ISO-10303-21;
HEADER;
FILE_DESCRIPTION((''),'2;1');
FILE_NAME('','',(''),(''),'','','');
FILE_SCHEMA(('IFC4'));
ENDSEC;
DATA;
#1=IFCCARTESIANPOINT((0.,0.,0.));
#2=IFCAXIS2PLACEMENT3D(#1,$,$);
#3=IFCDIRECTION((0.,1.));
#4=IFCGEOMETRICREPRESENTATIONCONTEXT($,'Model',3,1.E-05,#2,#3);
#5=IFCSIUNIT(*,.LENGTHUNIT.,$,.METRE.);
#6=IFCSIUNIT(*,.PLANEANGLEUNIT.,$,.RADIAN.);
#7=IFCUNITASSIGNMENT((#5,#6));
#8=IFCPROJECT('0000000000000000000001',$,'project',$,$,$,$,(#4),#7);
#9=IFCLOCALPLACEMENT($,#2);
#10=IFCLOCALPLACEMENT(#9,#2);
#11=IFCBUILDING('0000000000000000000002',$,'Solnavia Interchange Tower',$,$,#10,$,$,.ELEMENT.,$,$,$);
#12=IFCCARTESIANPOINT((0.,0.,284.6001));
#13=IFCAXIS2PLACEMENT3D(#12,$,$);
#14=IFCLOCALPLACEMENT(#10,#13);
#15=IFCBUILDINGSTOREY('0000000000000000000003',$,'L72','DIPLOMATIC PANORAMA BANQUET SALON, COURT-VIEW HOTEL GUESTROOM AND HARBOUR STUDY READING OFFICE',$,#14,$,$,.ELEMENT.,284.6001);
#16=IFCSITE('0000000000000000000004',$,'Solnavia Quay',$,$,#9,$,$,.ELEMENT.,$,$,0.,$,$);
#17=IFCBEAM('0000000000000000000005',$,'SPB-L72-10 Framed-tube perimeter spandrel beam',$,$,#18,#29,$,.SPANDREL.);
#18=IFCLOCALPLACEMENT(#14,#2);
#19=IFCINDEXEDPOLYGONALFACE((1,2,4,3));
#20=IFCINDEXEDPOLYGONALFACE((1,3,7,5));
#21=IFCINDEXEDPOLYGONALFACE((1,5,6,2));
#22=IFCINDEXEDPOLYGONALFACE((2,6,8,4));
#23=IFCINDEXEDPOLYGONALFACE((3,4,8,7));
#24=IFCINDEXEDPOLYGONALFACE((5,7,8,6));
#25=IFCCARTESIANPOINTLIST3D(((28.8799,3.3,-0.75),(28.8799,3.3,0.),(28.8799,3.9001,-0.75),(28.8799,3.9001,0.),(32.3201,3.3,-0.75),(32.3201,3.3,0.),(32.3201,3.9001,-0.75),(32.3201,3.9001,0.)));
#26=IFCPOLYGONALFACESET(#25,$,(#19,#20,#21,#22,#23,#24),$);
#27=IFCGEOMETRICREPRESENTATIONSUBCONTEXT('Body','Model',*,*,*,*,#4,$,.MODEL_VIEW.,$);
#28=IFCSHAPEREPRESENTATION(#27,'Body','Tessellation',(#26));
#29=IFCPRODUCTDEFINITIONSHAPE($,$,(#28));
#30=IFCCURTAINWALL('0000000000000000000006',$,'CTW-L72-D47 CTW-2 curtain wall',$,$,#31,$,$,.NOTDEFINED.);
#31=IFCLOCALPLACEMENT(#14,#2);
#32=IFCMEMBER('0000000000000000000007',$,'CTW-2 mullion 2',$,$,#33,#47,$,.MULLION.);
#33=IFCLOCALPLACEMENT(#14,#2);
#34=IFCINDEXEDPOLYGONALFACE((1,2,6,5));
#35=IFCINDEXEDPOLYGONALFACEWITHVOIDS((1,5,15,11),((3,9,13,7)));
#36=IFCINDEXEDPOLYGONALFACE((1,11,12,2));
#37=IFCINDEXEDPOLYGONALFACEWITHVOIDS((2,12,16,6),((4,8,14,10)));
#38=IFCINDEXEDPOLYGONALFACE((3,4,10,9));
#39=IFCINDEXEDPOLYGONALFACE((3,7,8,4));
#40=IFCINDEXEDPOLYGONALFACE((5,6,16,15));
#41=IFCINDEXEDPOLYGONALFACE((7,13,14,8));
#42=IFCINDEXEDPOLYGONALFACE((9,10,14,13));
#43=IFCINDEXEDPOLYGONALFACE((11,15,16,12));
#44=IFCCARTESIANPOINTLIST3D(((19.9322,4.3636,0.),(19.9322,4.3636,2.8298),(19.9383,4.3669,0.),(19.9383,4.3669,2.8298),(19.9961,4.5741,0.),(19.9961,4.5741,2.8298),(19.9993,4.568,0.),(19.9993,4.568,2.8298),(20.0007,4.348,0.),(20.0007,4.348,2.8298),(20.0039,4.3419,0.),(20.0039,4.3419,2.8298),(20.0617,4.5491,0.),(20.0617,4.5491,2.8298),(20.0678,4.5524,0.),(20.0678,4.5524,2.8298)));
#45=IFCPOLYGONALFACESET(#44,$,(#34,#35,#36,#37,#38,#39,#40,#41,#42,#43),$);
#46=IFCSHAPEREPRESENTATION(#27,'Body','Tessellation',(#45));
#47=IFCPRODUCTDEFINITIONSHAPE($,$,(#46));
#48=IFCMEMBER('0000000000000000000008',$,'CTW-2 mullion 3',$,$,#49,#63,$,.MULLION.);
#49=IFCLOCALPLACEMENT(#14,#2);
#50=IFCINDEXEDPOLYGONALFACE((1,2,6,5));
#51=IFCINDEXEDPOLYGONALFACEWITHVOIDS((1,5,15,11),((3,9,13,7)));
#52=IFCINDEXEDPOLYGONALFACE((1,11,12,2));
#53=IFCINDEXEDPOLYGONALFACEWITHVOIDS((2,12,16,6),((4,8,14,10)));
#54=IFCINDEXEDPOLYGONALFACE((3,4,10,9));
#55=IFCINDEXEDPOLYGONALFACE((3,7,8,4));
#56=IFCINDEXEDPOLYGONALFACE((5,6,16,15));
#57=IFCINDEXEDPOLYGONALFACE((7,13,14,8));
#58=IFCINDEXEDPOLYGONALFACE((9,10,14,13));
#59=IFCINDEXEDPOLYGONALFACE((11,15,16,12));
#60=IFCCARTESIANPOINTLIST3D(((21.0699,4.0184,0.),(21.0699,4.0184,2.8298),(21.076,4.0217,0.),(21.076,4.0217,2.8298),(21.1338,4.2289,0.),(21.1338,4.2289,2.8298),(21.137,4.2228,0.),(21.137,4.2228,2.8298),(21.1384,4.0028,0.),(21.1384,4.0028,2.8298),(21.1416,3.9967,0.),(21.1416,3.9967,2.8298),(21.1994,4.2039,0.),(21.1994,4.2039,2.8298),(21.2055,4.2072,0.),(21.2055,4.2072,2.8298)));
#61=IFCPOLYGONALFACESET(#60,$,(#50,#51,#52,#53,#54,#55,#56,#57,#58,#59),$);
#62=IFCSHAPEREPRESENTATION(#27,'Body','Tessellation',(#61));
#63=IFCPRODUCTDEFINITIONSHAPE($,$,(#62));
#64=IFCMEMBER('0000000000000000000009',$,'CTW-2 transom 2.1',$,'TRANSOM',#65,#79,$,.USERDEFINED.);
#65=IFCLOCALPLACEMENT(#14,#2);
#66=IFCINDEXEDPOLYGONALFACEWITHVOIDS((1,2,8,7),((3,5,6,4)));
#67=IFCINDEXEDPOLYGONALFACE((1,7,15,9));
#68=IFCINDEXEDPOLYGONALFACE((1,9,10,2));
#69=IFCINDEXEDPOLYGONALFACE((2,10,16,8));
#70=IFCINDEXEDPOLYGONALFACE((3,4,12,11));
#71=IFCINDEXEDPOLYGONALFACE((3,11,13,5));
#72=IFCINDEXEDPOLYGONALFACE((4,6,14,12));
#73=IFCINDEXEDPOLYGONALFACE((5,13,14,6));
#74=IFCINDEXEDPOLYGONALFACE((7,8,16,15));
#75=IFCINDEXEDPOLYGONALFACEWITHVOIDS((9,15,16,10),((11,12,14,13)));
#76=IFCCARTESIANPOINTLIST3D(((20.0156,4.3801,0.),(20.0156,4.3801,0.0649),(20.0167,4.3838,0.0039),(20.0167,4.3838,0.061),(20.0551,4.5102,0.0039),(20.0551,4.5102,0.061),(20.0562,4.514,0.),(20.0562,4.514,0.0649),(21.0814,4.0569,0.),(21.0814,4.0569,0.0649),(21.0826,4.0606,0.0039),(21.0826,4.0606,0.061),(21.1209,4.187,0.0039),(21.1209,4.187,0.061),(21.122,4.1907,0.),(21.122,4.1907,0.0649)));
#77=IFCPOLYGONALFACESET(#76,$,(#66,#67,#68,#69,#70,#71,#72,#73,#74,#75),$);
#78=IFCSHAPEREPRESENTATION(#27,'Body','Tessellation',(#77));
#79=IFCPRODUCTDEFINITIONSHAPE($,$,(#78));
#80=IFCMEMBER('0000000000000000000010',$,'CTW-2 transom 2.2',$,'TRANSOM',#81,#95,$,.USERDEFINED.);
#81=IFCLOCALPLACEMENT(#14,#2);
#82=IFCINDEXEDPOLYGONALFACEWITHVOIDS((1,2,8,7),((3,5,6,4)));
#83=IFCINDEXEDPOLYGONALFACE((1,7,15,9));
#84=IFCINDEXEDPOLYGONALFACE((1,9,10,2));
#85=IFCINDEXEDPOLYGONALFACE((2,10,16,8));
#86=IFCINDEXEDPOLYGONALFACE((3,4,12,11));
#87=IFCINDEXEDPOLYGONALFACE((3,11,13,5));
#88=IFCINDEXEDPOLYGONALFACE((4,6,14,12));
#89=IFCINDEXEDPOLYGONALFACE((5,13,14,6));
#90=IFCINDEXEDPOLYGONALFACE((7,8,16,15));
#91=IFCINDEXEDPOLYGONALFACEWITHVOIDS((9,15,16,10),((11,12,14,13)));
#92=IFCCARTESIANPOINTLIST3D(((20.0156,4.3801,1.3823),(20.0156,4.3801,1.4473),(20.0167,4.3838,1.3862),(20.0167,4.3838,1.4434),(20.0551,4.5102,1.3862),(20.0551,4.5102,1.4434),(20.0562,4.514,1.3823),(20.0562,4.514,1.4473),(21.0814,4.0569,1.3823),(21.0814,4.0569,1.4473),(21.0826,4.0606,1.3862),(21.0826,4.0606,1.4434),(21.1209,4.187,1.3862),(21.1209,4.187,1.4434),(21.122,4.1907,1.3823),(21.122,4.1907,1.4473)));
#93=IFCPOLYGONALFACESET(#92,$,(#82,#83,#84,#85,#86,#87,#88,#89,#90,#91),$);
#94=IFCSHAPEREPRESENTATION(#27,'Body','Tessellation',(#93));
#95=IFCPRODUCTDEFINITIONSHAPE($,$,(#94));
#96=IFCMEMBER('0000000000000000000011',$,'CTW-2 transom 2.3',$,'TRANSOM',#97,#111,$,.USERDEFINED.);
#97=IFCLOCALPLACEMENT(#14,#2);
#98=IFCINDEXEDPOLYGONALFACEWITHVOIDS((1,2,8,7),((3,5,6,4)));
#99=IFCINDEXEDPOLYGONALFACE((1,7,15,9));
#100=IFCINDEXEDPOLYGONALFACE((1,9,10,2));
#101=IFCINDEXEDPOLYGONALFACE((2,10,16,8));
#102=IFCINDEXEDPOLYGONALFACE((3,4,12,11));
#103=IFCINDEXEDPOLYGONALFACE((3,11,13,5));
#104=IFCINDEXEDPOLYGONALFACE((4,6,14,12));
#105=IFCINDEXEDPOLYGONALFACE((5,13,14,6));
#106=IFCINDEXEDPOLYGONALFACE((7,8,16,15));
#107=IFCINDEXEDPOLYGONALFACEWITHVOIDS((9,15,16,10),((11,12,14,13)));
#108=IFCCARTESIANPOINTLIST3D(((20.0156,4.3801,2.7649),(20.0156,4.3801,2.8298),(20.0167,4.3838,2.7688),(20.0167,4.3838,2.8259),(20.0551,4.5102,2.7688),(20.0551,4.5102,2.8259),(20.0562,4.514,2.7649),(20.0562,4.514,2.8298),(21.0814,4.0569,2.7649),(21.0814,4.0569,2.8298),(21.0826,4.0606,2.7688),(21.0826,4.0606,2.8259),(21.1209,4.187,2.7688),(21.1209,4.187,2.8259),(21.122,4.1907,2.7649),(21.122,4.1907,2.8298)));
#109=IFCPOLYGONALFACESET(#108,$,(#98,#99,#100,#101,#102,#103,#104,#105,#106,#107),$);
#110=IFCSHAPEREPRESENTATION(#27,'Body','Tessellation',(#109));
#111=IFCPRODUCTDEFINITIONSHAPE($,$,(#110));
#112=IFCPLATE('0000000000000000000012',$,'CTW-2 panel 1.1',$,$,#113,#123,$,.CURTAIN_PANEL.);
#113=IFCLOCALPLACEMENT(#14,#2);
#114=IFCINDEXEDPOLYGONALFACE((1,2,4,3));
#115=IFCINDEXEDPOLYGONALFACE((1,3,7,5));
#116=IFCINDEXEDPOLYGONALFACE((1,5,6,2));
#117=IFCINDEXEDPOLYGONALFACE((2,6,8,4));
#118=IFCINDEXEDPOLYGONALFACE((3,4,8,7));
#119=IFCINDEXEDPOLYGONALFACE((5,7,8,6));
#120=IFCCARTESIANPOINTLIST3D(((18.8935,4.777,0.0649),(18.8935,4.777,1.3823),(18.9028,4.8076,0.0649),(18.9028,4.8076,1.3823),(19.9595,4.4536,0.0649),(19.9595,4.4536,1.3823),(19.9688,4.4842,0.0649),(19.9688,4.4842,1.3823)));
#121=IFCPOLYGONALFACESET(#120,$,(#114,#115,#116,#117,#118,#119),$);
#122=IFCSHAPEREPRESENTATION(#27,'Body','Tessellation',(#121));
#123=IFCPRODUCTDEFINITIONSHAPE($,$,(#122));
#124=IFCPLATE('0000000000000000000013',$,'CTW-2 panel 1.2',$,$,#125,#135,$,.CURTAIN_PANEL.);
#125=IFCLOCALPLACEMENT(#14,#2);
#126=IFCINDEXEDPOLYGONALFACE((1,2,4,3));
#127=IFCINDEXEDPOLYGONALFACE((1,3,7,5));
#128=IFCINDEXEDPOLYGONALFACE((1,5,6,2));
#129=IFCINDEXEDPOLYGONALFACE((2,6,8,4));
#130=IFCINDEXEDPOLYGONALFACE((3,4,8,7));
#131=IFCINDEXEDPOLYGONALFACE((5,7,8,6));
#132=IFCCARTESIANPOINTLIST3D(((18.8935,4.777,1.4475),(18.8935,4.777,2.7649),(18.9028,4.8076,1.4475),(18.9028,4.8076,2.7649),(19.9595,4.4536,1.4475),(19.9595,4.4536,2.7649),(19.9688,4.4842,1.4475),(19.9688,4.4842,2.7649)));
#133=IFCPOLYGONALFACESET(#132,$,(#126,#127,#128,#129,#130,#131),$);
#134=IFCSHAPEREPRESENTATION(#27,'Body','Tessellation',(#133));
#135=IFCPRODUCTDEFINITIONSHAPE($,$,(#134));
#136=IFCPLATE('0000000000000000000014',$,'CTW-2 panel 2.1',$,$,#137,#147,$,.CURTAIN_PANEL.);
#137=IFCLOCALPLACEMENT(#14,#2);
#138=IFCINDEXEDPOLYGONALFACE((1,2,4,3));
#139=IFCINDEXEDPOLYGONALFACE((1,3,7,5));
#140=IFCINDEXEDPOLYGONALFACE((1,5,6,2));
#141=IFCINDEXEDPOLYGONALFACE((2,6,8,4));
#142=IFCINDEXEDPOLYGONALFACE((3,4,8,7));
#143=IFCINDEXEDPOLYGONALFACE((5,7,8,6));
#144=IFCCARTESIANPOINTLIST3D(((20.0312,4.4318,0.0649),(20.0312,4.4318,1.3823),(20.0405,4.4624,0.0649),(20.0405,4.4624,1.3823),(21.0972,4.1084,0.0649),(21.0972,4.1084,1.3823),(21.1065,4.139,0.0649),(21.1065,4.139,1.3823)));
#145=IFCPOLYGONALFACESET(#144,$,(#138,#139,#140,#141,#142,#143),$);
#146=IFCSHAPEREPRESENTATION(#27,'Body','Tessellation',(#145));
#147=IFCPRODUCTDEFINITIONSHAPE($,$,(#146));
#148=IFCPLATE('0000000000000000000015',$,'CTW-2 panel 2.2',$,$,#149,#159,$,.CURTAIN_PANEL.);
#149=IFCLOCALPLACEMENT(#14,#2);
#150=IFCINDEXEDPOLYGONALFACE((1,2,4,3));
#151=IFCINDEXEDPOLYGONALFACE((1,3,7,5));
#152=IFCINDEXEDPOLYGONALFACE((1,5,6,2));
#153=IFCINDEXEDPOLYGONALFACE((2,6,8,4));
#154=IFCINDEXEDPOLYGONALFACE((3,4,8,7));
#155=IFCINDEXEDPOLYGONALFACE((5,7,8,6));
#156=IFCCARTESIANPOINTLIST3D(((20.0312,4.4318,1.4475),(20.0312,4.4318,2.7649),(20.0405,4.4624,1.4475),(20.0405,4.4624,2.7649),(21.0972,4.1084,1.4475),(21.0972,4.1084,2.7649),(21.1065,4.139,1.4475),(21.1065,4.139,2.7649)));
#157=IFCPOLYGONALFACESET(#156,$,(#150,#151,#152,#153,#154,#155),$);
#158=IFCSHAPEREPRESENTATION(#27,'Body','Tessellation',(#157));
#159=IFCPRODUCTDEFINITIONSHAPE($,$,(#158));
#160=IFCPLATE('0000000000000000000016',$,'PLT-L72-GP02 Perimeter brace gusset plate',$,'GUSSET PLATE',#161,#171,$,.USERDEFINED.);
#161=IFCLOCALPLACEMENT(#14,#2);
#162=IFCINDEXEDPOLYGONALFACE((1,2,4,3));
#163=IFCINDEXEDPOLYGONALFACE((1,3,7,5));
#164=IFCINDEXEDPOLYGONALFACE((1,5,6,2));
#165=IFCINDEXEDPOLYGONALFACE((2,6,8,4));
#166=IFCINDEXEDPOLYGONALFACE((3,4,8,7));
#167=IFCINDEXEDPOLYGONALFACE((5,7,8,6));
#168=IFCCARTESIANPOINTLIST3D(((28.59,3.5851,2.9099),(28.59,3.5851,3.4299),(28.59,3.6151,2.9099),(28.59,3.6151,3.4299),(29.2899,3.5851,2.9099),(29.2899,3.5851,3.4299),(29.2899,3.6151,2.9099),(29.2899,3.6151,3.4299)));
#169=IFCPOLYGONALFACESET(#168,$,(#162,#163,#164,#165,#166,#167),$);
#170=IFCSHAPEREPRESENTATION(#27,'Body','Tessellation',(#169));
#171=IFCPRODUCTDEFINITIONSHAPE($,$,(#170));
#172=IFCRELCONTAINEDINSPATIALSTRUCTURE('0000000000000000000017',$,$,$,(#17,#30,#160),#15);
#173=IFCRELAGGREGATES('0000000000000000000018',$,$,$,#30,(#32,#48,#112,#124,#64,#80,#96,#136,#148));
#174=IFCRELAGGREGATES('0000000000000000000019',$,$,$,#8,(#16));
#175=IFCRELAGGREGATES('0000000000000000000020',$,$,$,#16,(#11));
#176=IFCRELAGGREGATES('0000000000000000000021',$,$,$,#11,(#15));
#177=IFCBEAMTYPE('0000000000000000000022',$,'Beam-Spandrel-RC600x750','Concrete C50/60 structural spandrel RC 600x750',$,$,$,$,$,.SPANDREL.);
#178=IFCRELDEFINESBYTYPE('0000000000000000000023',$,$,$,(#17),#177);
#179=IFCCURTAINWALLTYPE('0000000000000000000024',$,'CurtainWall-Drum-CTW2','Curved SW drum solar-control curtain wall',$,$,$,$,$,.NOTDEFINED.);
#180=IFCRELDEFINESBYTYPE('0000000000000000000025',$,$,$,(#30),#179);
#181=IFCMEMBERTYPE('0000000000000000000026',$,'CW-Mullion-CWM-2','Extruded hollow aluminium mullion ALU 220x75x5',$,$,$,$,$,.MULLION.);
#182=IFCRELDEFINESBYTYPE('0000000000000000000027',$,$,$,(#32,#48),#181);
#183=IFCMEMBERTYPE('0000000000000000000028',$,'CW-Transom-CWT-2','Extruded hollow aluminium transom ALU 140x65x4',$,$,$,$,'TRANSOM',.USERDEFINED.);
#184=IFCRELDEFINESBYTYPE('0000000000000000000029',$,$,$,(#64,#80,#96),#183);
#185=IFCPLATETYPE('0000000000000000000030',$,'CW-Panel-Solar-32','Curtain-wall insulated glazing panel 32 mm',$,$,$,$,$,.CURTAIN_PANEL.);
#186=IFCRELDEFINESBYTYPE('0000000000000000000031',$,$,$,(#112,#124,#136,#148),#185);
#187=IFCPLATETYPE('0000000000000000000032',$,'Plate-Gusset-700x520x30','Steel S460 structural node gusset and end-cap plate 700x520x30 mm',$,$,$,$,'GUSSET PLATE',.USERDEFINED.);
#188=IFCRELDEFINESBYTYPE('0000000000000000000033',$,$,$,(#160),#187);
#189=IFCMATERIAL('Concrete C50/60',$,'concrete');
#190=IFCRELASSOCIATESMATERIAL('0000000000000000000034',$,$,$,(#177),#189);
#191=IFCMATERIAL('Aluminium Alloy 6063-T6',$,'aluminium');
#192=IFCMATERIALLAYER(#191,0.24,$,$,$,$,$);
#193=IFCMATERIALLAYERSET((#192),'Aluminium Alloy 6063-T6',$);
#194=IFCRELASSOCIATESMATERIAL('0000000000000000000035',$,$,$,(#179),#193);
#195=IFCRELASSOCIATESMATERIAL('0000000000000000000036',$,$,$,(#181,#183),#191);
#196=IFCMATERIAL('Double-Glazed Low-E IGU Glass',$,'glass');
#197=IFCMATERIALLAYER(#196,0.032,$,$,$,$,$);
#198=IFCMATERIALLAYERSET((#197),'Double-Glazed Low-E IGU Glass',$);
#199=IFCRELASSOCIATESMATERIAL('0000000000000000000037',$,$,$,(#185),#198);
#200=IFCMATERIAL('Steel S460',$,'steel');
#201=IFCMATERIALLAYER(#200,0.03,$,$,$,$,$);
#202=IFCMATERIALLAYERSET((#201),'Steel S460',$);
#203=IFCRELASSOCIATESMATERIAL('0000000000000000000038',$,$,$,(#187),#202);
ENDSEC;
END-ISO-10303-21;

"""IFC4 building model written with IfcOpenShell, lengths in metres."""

from ifc_helpers import new_model, si_unit, direction, frame, origin, origin_2d, place, context, subcontext, project, spatial, rectangle, hollow_rectangle, extrude, material, layer, layer_set, material_profile, profile_set, type_object, element, aggregate, save


model = new_model("IFC4")

# Units and contexts
model_context = context("Model", 3, precision=1e-05, world=origin(), true_north=direction((0.0, 1.0)))
body_context = subcontext(model_context, "Body", "Model", "MODEL_VIEW")
ifc_project = project(units=[si_unit("LENGTHUNIT", "METRE"), si_unit("PLANEANGLEUNIT", "RADIAN")], contexts=[model_context])

# Site, building, storey
site_placement = place(None, origin())
site = spatial("IfcSite", under=ifc_project, at=site_placement, Name="Solnavia Quay", CompositionType="ELEMENT", RefElevation=0.0)
building_placement = place(site_placement, origin())
building = spatial("IfcBuilding", under=site, at=building_placement, Name="Solnavia Interchange Tower", CompositionType="ELEMENT")
storey_placement = place(building_placement, frame((0.0, 0.0, 284.6001)))
storey = spatial("IfcBuildingStorey", under=building, at=storey_placement, Name="L72", Description="DIPLOMATIC PANORAMA BANQUET SALON, COURT-VIEW HOTEL GUESTROOM AND HARBOUR STUDY READING OFFICE", CompositionType="ELEMENT", Elevation=284.6001)

# Shared definitions
ifc_material_1 = material(Name="Concrete C50/60", Category="concrete")

# Beam
ifc_material_profile_1 = material_profile(ifc_material_1, rectangle(XDim=0.6001, YDim=0.75, at=origin_2d()), Name="RC 600x750")
ifc_profile_set_1 = profile_set([ifc_material_profile_1], Name="Concrete C50/60")
beam_type_1 = type_object("IfcBeamType", Name="Beam-Spandrel-RC600x750", Description="Concrete C50/60 structural spandrel RC 600x750", PredefinedType="SPANDREL", material=ifc_profile_set_1)
beam_1_placement = place(storey_placement, frame((28.8799, 3.6001, -0.375), z_axis=(1.0, 0.0, 0.0), x_axis=(0.0, 1.0, 0.0)))
element("IfcBeam", 1, at=beam_1_placement, inside=storey, type_object=beam_type_1, Name="SPB-L72-10 Framed-tube perimeter spandrel beam", PredefinedType="SPANDREL", context=body_context, shape_type="SweptSolid", body=[
    extrude(rectangle(XDim=0.6001, YDim=0.75, at=origin_2d()), origin(), (0.0, 0.0, 1.0), 3.4402),
])

# Curtain wall, members, plates
ifc_material_2 = material(Name="Aluminium Alloy 6063-T6", Category="aluminium")
ifc_layer_1 = layer(ifc_material_2, 0.24)
ifc_layer_set_1 = layer_set([ifc_layer_1], Name="Aluminium Alloy 6063-T6")
curtain_wall_type = type_object("IfcCurtainWallType", Name="CurtainWall-Drum-CTW2", Description="Curved SW drum solar-control curtain wall", PredefinedType="NOTDEFINED", material=ifc_layer_set_1)
curtain_wall_placement = place(storey_placement, origin())
curtain_wall = element("IfcCurtainWall", 2, at=curtain_wall_placement, inside=storey, type_object=curtain_wall_type, Name="CTW-L72-D47 CTW-2 curtain wall", PredefinedType="NOTDEFINED")
ifc_material_profile_2 = material_profile(ifc_material_2, hollow_rectangle(XDim=0.075, YDim=0.22, WallThickness=0.0049, at=origin_2d()), Name="ALU 220x75x5")
ifc_profile_set_2 = profile_set([ifc_material_profile_2], Name="Aluminium Alloy 6063-T6")
member_type_1 = type_object("IfcMemberType", Name="CW-Mullion-CWM-2", Description="Extruded hollow aluminium mullion ALU 220x75x5", PredefinedType="MULLION", material=ifc_profile_set_2)
member_1_placement = place(storey_placement, frame((20.0, 4.458, 0.0), z_axis=(0.0, 0.0, 1.0), x_axis=(0.956942, -0.290279, 0.0)))
member_1 = element("IfcMember", 3, at=member_1_placement, type_object=member_type_1, Name="CTW-2 mullion 2", PredefinedType="MULLION", context=body_context, shape_type="SweptSolid", body=[
    extrude(hollow_rectangle(XDim=0.075, YDim=0.22, WallThickness=0.0049, at=origin_2d()), origin(), (0.0, 0.0, 1.0), 2.8298),
])
member_2_placement = place(storey_placement, frame((21.1377, 4.1128, 0.0), z_axis=(0.0, 0.0, 1.0), x_axis=(0.956942, -0.290279, 0.0)))
member_2 = element("IfcMember", 4, at=member_2_placement, type_object=member_type_1, Name="CTW-2 mullion 3", PredefinedType="MULLION", context=body_context, shape_type="SweptSolid", body=[
    extrude(hollow_rectangle(XDim=0.075, YDim=0.22, WallThickness=0.0049, at=origin_2d()), origin(), (0.0, 0.0, 1.0), 2.8298),
])
ifc_material_profile_3 = material_profile(ifc_material_2, hollow_rectangle(XDim=0.0649, YDim=0.1399, WallThickness=0.0039, at=origin_2d()), Name="ALU 140x65x4")
ifc_profile_set_3 = profile_set([ifc_material_profile_3], Name="Aluminium Alloy 6063-T6")
member_type_2 = type_object("IfcMemberType", Name="CW-Transom-CWT-2", Description="Extruded hollow aluminium transom ALU 140x65x4", ElementType="TRANSOM", PredefinedType="USERDEFINED", material=ifc_profile_set_3)
member_3_placement = place(storey_placement, frame((20.0359, 4.447, 0.0325), z_axis=(0.956965, -0.290202, 0.0), x_axis=(0.0, 0.0, 1.0)))
member_3 = element("IfcMember", 5, at=member_3_placement, type_object=member_type_2, Name="CTW-2 transom 2.1", ObjectType="TRANSOM", PredefinedType="USERDEFINED", context=body_context, shape_type="SweptSolid", body=[
    extrude(hollow_rectangle(XDim=0.0649, YDim=0.1399, WallThickness=0.0039, at=origin_2d()), origin(), (0.0, 0.0, 1.0), 1.1138),
])
member_4_placement = place(storey_placement, frame((20.0359, 4.447, 1.4148), z_axis=(0.956965, -0.290202, 0.0), x_axis=(0.0, 0.0, 1.0)))
member_4 = element("IfcMember", 6, at=member_4_placement, type_object=member_type_2, Name="CTW-2 transom 2.2", ObjectType="TRANSOM", PredefinedType="USERDEFINED", context=body_context, shape_type="SweptSolid", body=[
    extrude(hollow_rectangle(XDim=0.0649, YDim=0.1399, WallThickness=0.0039, at=origin_2d()), origin(), (0.0, 0.0, 1.0), 1.1138),
])
member_5_placement = place(storey_placement, frame((20.0359, 4.447, 2.7974), z_axis=(0.956965, -0.290202, 0.0), x_axis=(0.0, 0.0, 1.0)))
member_5 = element("IfcMember", 7, at=member_5_placement, type_object=member_type_2, Name="CTW-2 transom 2.3", ObjectType="TRANSOM", PredefinedType="USERDEFINED", context=body_context, shape_type="SweptSolid", body=[
    extrude(hollow_rectangle(XDim=0.0649, YDim=0.1399, WallThickness=0.0039, at=origin_2d()), origin(), (0.0, 0.0, 1.0), 1.1138),
])
ifc_material_3 = material(Name="Double-Glazed Low-E IGU Glass", Category="glass")
ifc_layer_2 = layer(ifc_material_3, 0.032)
ifc_layer_set_2 = layer_set([ifc_layer_2], Name="Double-Glazed Low-E IGU Glass")
plate_type_1 = type_object("IfcPlateType", Name="CW-Panel-Solar-32", Description="Curtain-wall insulated glazing panel 32 mm", PredefinedType="CURTAIN_PANEL", material=ifc_layer_set_2)
plate_1_placement = place(storey_placement, frame((19.4312, 4.6306, 0.0649), z_axis=(0.0, 0.0, 1.0), x_axis=(0.956942, -0.290279, 0.0)))
plate_1 = element("IfcPlate", 8, at=plate_1_placement, type_object=plate_type_1, Name="CTW-2 panel 1.1", PredefinedType="CURTAIN_PANEL", context=body_context, shape_type="SweptSolid", body=[
    extrude(rectangle(XDim=1.114, YDim=0.032, at=origin_2d()), origin(), (0.0, 0.0, 1.0), 1.3174),
])
plate_2_placement = place(storey_placement, frame((19.4312, 4.6306, 1.4475), z_axis=(0.0, 0.0, 1.0), x_axis=(0.956942, -0.290279, 0.0)))
plate_2 = element("IfcPlate", 9, at=plate_2_placement, type_object=plate_type_1, Name="CTW-2 panel 1.2", PredefinedType="CURTAIN_PANEL", context=body_context, shape_type="SweptSolid", body=[
    extrude(rectangle(XDim=1.114, YDim=0.032, at=origin_2d()), origin(), (0.0, 0.0, 1.0), 1.3174),
])
plate_3_placement = place(storey_placement, frame((20.5688, 4.2854, 0.0649), z_axis=(0.0, 0.0, 1.0), x_axis=(0.956942, -0.290279, 0.0)))
plate_3 = element("IfcPlate", 10, at=plate_3_placement, type_object=plate_type_1, Name="CTW-2 panel 2.1", PredefinedType="CURTAIN_PANEL", context=body_context, shape_type="SweptSolid", body=[
    extrude(rectangle(XDim=1.114, YDim=0.032, at=origin_2d()), origin(), (0.0, 0.0, 1.0), 1.3174),
])
plate_4_placement = place(storey_placement, frame((20.5688, 4.2854, 1.4475), z_axis=(0.0, 0.0, 1.0), x_axis=(0.956942, -0.290279, 0.0)))
plate_4 = element("IfcPlate", 11, at=plate_4_placement, type_object=plate_type_1, Name="CTW-2 panel 2.2", PredefinedType="CURTAIN_PANEL", context=body_context, shape_type="SweptSolid", body=[
    extrude(rectangle(XDim=1.114, YDim=0.032, at=origin_2d()), origin(), (0.0, 0.0, 1.0), 1.3174),
])
aggregate(curtain_wall, [member_1, member_2, plate_1, plate_2, member_3, member_4, member_5, plate_3, plate_4])

# Plate
ifc_material_4 = material(Name="Steel S460", Category="steel")
ifc_layer_3 = layer(ifc_material_4, 0.03)
ifc_layer_set_3 = layer_set([ifc_layer_3], Name="Steel S460")
plate_type_2 = type_object("IfcPlateType", Name="Plate-Gusset-700x520x30", Description="Steel S460 structural node gusset and end-cap plate 700x520x30 mm", ElementType="GUSSET PLATE", PredefinedType="USERDEFINED", material=ifc_layer_set_3)
plate_5_placement = place(storey_placement, frame((28.9399, 3.6001, 2.9099), z_axis=(0.0, 0.0, 1.0), x_axis=(-1.0, 0.0, 0.0)))
element("IfcPlate", 12, at=plate_5_placement, inside=storey, type_object=plate_type_2, Name="PLT-L72-GP02 Perimeter brace gusset plate", ObjectType="GUSSET PLATE", PredefinedType="USERDEFINED", context=body_context, shape_type="SweptSolid", body=[
    extrude(rectangle(XDim=0.7, YDim=0.03, at=origin_2d()), origin(), (0.0, 0.0, 1.0), 0.52),
])

save(model, "model.ifc")
